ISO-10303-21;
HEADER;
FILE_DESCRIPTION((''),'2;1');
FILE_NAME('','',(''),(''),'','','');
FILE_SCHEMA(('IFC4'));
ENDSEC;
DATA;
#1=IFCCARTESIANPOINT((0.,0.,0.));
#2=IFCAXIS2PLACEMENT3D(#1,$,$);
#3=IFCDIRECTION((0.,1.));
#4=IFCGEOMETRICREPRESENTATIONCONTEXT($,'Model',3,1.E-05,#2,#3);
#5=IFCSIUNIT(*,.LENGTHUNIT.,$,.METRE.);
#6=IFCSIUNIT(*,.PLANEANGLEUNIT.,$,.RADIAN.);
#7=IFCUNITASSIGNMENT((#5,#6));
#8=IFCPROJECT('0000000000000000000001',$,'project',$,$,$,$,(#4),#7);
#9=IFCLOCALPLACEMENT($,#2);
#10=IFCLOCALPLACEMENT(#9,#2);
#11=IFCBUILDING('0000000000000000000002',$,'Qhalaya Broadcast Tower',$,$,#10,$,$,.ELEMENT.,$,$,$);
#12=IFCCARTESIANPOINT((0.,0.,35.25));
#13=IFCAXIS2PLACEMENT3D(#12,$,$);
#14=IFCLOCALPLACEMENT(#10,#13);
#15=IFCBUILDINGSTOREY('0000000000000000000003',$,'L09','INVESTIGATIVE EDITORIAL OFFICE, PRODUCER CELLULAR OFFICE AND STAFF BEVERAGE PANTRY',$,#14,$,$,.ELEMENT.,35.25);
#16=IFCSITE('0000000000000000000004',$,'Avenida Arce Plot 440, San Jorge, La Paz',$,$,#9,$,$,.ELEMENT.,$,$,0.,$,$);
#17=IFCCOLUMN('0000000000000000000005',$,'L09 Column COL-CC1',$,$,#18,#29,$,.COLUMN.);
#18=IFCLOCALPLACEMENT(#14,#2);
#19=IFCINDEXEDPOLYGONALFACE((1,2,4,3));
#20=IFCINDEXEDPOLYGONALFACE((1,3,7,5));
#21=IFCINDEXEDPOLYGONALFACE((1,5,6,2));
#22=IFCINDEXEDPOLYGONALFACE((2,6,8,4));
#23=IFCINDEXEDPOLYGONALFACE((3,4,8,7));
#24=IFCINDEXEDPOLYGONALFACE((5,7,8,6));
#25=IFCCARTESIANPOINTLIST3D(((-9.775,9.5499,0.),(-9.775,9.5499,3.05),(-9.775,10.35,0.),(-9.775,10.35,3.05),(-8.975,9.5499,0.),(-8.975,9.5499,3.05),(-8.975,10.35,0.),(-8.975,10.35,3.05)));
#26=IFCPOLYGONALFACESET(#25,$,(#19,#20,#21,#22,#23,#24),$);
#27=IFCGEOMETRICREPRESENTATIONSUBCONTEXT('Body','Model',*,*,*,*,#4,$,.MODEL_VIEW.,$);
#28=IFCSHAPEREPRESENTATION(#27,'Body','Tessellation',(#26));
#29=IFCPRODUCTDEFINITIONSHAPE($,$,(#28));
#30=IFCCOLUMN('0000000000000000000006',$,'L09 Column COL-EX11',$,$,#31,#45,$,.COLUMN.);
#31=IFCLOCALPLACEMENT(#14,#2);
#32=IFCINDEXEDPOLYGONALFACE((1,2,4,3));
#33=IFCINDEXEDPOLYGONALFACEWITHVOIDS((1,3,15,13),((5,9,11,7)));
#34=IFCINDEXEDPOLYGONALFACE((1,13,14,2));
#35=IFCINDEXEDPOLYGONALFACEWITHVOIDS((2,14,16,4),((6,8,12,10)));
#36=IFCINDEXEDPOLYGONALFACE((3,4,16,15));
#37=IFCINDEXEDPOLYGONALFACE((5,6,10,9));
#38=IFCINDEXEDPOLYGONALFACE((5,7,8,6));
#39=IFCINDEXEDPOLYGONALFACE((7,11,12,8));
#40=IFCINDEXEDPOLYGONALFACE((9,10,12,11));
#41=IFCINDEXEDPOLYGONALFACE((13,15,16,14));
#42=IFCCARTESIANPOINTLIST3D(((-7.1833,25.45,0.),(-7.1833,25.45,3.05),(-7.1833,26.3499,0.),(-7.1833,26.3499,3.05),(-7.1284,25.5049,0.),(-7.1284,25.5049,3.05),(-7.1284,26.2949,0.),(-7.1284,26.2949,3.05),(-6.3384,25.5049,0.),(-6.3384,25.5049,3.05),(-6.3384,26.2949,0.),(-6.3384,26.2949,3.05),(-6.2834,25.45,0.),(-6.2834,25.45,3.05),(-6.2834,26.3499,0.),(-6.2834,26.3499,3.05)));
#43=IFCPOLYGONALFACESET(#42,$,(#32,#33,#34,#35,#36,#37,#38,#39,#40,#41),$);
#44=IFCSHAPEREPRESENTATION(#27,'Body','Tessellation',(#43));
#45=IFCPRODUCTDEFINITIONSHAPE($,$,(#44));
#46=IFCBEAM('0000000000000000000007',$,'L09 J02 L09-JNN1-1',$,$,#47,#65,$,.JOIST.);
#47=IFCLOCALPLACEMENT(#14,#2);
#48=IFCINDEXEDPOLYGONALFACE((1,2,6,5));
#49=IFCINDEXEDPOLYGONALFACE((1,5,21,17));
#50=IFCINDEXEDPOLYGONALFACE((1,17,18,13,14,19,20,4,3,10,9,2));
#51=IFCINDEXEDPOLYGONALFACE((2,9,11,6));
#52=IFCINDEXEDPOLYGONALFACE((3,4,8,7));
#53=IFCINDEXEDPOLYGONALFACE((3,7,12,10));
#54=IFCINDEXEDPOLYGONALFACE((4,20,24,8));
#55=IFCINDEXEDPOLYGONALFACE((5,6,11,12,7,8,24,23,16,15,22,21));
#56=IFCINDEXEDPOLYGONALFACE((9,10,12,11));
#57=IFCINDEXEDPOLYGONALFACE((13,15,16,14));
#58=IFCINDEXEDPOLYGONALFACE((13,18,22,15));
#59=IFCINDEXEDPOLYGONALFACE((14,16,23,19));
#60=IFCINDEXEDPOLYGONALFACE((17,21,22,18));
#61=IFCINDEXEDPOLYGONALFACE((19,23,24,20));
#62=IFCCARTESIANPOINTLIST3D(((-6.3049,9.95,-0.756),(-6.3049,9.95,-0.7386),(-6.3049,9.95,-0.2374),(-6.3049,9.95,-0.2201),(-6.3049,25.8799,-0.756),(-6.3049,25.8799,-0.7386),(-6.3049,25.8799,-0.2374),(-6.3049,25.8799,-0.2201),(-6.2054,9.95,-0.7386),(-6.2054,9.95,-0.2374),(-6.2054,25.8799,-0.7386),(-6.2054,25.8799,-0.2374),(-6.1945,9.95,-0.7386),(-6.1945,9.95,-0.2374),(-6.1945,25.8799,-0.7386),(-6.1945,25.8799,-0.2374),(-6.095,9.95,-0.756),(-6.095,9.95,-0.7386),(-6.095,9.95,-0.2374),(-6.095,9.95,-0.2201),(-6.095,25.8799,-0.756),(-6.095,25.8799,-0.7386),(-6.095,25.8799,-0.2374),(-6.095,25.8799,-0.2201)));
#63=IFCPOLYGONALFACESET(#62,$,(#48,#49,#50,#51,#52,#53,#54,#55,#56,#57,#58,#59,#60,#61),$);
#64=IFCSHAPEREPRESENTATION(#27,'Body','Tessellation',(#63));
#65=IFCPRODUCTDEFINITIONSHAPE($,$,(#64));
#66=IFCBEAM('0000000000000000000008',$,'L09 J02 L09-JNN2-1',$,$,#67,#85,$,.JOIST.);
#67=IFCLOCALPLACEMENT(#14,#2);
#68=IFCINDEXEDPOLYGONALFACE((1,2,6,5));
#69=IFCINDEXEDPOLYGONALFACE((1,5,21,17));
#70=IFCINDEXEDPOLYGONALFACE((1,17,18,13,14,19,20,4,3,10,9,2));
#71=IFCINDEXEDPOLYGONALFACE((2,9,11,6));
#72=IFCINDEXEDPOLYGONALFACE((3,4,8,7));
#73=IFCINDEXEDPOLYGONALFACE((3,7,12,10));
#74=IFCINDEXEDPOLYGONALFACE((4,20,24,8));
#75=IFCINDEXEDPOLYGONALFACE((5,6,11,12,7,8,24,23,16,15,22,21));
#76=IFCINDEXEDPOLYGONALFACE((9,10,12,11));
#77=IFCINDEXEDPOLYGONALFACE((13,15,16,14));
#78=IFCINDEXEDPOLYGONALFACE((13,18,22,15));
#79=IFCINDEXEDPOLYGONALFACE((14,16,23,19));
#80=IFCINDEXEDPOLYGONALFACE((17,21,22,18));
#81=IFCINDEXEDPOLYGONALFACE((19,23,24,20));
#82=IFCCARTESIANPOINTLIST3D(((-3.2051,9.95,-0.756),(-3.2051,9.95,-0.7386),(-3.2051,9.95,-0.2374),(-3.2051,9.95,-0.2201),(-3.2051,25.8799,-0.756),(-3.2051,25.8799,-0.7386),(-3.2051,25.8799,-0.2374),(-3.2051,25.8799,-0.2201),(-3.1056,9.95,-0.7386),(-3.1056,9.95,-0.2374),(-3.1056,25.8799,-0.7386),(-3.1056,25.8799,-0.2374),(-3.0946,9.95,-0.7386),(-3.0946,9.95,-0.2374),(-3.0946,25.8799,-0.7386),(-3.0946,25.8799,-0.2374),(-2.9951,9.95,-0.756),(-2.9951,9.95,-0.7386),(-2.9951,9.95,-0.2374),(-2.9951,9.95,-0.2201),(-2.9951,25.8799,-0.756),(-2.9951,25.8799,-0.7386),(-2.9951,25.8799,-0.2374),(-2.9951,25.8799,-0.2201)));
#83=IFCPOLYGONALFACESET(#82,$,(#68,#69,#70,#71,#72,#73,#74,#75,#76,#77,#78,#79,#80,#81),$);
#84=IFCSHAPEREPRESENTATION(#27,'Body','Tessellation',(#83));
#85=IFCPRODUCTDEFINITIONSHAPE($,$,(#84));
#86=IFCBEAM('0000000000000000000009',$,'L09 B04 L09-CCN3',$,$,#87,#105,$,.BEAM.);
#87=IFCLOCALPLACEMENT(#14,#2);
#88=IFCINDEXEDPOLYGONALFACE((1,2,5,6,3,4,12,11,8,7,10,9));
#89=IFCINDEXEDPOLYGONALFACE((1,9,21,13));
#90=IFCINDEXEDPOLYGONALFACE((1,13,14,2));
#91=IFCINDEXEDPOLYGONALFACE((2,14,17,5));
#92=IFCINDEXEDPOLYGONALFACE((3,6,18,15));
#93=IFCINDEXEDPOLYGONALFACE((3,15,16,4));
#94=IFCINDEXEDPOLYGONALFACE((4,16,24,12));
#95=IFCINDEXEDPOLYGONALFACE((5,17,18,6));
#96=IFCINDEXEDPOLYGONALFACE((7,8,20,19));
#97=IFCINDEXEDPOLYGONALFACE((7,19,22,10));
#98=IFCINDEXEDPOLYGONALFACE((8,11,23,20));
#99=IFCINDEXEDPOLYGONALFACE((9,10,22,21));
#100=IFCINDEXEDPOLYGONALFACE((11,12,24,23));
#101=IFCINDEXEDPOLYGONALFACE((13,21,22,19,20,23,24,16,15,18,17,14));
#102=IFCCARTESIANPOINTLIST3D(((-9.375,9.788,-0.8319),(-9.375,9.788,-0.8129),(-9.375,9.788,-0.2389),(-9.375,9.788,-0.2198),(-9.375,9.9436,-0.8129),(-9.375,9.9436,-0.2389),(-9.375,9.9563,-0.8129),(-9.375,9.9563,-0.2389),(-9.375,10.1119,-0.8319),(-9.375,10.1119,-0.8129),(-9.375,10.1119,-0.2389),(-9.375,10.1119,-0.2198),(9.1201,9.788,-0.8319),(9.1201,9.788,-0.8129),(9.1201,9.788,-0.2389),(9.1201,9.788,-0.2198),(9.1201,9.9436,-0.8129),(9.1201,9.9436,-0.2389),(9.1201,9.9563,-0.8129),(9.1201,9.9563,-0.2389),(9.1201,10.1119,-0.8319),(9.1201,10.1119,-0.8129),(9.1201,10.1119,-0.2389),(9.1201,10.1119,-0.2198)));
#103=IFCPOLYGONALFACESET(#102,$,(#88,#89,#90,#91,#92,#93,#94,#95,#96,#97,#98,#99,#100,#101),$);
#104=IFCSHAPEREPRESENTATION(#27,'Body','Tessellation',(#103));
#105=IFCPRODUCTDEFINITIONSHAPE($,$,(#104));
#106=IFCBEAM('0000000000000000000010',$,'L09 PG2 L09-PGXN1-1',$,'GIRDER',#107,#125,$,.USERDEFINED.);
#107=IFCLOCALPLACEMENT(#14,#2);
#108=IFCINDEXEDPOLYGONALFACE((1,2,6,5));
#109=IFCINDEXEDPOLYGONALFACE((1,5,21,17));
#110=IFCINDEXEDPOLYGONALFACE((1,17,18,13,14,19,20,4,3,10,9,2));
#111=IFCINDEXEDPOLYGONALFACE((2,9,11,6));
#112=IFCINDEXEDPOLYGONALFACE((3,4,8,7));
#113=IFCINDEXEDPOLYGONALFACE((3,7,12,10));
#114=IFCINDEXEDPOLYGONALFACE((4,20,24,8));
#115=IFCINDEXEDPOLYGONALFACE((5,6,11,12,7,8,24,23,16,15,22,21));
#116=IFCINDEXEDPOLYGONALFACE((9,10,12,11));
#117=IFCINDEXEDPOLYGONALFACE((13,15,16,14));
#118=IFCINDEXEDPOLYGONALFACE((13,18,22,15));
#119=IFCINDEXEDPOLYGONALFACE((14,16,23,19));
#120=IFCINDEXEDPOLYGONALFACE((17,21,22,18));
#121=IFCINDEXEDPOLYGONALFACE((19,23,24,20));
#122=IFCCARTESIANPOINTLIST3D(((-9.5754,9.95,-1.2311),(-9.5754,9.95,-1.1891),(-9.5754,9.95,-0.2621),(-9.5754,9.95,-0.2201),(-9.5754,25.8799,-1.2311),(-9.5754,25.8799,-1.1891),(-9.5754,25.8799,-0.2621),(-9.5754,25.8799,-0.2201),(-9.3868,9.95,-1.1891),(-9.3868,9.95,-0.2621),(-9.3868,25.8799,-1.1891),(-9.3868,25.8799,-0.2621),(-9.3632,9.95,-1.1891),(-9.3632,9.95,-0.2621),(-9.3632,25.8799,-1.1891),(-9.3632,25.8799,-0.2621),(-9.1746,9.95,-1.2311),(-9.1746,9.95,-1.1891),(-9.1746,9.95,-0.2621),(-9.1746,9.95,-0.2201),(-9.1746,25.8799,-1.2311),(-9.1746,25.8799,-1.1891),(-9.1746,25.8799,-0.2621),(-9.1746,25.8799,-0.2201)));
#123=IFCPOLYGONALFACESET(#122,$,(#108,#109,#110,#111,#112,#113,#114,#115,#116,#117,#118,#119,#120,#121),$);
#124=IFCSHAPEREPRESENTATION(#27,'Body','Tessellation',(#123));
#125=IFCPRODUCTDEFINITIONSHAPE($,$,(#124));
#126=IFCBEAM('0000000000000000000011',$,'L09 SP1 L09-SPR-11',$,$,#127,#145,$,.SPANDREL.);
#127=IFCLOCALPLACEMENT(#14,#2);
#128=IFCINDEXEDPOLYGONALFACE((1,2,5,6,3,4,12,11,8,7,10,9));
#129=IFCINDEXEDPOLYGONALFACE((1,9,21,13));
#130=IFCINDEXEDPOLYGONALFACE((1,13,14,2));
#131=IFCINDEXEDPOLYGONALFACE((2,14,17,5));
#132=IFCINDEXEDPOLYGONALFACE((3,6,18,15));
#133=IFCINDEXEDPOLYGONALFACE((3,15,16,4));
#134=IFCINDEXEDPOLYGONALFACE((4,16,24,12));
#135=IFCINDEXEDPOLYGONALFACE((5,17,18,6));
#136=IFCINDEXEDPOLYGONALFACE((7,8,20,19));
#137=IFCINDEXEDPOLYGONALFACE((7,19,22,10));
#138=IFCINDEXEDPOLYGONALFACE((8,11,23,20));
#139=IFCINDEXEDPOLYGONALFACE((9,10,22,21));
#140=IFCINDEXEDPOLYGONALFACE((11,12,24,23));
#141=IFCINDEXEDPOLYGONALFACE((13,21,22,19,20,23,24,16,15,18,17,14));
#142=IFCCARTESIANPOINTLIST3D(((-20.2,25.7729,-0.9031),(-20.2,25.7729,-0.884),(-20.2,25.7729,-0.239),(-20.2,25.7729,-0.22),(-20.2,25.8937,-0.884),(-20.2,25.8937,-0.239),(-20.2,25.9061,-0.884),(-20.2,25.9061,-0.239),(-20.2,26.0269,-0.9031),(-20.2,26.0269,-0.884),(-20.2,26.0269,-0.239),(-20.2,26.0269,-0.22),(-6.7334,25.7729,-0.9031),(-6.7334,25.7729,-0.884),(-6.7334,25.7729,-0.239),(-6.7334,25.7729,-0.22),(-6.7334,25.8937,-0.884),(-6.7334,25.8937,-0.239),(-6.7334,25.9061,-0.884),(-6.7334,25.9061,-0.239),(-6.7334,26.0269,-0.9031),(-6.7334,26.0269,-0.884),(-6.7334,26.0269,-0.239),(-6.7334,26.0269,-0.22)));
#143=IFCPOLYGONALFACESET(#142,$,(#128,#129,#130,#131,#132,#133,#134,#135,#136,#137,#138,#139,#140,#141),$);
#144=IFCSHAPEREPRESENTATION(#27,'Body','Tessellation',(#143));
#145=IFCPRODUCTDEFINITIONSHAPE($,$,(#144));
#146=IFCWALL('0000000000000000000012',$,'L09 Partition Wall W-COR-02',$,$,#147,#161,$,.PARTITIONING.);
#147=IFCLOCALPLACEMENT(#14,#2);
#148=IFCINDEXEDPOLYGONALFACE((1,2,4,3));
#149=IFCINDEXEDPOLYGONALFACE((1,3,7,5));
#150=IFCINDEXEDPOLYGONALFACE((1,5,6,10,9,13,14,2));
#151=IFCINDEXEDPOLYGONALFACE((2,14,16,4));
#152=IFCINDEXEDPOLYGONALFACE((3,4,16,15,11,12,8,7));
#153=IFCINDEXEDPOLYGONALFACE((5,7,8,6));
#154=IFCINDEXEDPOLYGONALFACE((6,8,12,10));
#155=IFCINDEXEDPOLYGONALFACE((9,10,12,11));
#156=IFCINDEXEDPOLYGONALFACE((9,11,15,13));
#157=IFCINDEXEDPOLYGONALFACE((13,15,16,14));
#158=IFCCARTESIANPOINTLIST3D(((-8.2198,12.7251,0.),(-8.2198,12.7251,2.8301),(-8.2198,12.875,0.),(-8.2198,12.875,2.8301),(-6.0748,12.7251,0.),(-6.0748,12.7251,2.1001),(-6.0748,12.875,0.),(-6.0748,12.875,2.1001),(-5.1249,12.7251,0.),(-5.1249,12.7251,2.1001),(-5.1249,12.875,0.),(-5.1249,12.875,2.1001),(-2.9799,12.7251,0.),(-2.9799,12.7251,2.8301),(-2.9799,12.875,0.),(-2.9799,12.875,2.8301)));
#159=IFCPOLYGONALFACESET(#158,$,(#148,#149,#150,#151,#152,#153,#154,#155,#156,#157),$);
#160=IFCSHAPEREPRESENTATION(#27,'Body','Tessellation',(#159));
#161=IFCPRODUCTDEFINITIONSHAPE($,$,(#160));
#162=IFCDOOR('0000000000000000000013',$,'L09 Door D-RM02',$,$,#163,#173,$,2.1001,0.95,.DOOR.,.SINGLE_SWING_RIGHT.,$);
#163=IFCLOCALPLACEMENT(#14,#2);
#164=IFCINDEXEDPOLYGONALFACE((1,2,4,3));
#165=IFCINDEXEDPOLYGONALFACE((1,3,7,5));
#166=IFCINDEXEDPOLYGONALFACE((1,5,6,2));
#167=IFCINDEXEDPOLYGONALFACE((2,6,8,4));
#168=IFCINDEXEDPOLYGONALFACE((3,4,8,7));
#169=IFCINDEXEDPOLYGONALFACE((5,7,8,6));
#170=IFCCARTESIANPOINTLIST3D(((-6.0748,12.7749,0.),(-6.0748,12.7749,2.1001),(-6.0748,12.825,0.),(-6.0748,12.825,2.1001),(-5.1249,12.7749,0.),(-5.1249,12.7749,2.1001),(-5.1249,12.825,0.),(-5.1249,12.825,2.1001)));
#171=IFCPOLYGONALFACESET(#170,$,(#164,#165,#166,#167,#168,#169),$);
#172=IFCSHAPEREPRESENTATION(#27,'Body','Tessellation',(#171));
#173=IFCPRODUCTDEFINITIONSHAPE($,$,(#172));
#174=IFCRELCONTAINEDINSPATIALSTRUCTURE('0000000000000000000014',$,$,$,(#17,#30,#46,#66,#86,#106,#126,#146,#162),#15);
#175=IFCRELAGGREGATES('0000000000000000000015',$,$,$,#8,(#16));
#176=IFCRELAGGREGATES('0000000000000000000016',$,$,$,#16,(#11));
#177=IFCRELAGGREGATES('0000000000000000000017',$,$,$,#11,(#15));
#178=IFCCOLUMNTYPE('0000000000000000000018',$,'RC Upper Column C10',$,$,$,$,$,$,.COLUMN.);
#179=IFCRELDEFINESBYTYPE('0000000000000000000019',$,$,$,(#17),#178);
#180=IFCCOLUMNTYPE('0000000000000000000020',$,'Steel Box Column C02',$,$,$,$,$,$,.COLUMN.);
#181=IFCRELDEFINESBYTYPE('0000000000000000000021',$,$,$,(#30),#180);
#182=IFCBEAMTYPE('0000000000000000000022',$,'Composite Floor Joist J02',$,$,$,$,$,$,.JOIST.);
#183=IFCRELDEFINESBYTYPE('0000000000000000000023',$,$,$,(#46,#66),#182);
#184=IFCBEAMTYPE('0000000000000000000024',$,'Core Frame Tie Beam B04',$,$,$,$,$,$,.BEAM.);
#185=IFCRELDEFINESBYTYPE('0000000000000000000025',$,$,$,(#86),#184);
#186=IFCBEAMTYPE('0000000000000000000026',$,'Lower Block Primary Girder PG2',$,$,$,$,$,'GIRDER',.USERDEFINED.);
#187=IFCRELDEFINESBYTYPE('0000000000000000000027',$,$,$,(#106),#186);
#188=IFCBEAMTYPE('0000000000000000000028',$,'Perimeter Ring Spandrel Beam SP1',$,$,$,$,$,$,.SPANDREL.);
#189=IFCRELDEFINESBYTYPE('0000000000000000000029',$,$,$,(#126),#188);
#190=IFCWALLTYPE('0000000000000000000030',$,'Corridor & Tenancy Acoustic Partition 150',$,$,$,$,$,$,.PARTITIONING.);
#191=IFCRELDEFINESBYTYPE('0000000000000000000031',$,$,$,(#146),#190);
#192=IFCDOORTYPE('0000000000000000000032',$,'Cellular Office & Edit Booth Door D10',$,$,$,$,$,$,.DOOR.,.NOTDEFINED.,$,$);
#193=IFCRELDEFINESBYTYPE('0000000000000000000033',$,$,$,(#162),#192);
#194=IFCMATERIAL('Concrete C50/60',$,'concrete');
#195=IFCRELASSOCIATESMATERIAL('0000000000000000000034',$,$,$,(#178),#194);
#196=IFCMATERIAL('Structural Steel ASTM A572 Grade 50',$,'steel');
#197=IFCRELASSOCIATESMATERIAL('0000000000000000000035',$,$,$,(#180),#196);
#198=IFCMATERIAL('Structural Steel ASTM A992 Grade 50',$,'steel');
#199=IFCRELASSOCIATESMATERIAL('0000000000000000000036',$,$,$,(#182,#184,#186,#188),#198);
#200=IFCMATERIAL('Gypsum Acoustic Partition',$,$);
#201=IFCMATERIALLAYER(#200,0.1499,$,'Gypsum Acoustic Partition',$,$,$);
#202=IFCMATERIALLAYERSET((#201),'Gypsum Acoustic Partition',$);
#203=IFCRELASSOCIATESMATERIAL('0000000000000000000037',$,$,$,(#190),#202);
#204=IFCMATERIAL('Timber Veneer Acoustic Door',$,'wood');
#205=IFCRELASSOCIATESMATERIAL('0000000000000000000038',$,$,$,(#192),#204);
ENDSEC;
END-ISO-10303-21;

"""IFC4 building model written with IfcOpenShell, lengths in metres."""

from ifc_helpers import new_model, si_unit, direction, frame, frame_2d, origin, origin_2d, place, context, subcontext, project, spatial, rectangle, hollow_rectangle, i_section, extrude, material, layer, layer_set, material_profile, profile_set, type_object, element, fill, save


model = new_model("IFC4")

# Units and contexts
model_context = context("Model", 3, precision=1e-05, world=origin(), true_north=direction((0.0, 1.0)))
body_context = subcontext(model_context, "Body", "Model", "MODEL_VIEW")
ifc_project = project(units=[si_unit("LENGTHUNIT", "METRE"), si_unit("PLANEANGLEUNIT", "RADIAN")], contexts=[model_context])

# Site, building, storey
site_placement = place(None, origin())
site = spatial("IfcSite", under=ifc_project, at=site_placement, Name="Avenida Arce Plot 440, San Jorge, La Paz", CompositionType="ELEMENT", RefElevation=0.0)
building_placement = place(site_placement, origin())
building = spatial("IfcBuilding", under=site, at=building_placement, Name="Qhalaya Broadcast Tower", CompositionType="ELEMENT")
storey_placement = place(building_placement, frame((0.0, 0.0, 35.25)))
storey = spatial("IfcBuildingStorey", under=building, at=storey_placement, Name="L09", Description="INVESTIGATIVE EDITORIAL OFFICE, PRODUCER CELLULAR OFFICE AND STAFF BEVERAGE PANTRY", CompositionType="ELEMENT", Elevation=35.25)

# Columns
ifc_material_1 = material(Name="Concrete C50/60", Category="concrete")
ifc_material_profile_1 = material_profile(ifc_material_1, rectangle(XDim=0.8, YDim=0.8, at=origin_2d()), Name="RC-COL 800x800")
ifc_profile_set_1 = profile_set([ifc_material_profile_1], Name="Concrete C50/60")
column_type_1 = type_object("IfcColumnType", Name="RC Upper Column C10", PredefinedType="COLUMN", material=ifc_profile_set_1)
column_1_placement = place(storey_placement, frame((-9.375, 9.95, 0.0), z_axis=(0.0, 0.0, 1.0), x_axis=(1.0, 0.0, 0.0)))
element("IfcColumn", 1, at=column_1_placement, inside=storey, type_object=column_type_1, Name="L09 Column COL-CC1", PredefinedType="COLUMN", context=body_context, shape_type="SweptSolid", body=[
    extrude(rectangle(XDim=0.8, YDim=0.8, at=origin_2d()), origin(), (0.0, 0.0, 1.0), 3.05),
])
ifc_material_2 = material(Name="Structural Steel ASTM A572 Grade 50", Category="steel")
ifc_material_profile_2 = material_profile(ifc_material_2, hollow_rectangle(XDim=0.8999, YDim=0.8999, WallThickness=0.0549, at=origin_2d()), Name="BOX 900x900x55")
ifc_profile_set_2 = profile_set([ifc_material_profile_2], Name="Structural Steel ASTM A572 Grade 50")
column_type_2 = type_object("IfcColumnType", Name="Steel Box Column C02", PredefinedType="COLUMN", material=ifc_profile_set_2)
column_2_placement = place(storey_placement, frame((-6.7334, 25.8999, 0.0), z_axis=(0.0, 0.0, 1.0), x_axis=(1.0, 0.0, 0.0)))
element("IfcColumn", 2, at=column_2_placement, inside=storey, type_object=column_type_2, Name="L09 Column COL-EX11", PredefinedType="COLUMN", context=body_context, shape_type="SweptSolid", body=[
    extrude(hollow_rectangle(XDim=0.8999, YDim=0.8999, WallThickness=0.0549, at=origin_2d()), origin(), (0.0, 0.0, 1.0), 3.05),
])

# Beams
ifc_material_3 = material(Name="Structural Steel ASTM A992 Grade 50", Category="steel")
ifc_material_profile_3 = material_profile(ifc_material_3, i_section(OverallWidth=0.21, OverallDepth=0.5359, WebThickness=0.011, FlangeThickness=0.0173, at=origin_2d()), Name="W21X68")
ifc_profile_set_3 = profile_set([ifc_material_profile_3], Name="Structural Steel ASTM A992 Grade 50")
beam_type_1 = type_object("IfcBeamType", Name="Composite Floor Joist J02", PredefinedType="JOIST", material=ifc_profile_set_3)
for number, where, z_axis, x_axis, name in (
    (3, (-6.2, 9.95, -0.488), (0.0, 1.0, 0.0), (-1.0, 0.0, 0.0), "L09 J02 L09-JNN1-1"),
    (4, (-3.1001, 9.95, -0.488), (0.0, 1.0, 0.0), (-1.0, 0.0, 0.0), "L09 J02 L09-JNN2-1"),
):
    element("IfcBeam", number, at=place(storey_placement, frame(where, z_axis=z_axis, x_axis=x_axis)), inside=storey, type_object=beam_type_1, Name=name, PredefinedType="JOIST", context=body_context, shape_type="SweptSolid", body=[
        extrude(i_section(OverallWidth=0.21, OverallDepth=0.5359, WebThickness=0.011, FlangeThickness=0.0173, at=origin_2d()), origin(), (0.0, 0.0, 1.0), 15.9299),
    ])
ifc_material_profile_4 = material_profile(ifc_material_3, i_section(OverallWidth=0.324, OverallDepth=0.6121, WebThickness=0.0127, FlangeThickness=0.019, at=origin_2d()), Name="W24X104")
ifc_profile_set_4 = profile_set([ifc_material_profile_4], Name="Structural Steel ASTM A992 Grade 50")
beam_type_2 = type_object("IfcBeamType", Name="Core Frame Tie Beam B04", PredefinedType="BEAM", material=ifc_profile_set_4)
beam_1_placement = place(storey_placement, frame((-9.375, 9.95, -0.5259), z_axis=(1.0, 0.0, 0.0), x_axis=(0.0, 1.0, 0.0)))
element("IfcBeam", 5, at=beam_1_placement, inside=storey, type_object=beam_type_2, Name="L09 B04 L09-CCN3", PredefinedType="BEAM", context=body_context, shape_type="SweptSolid", body=[
    extrude(i_section(OverallWidth=0.324, OverallDepth=0.6121, WebThickness=0.0127, FlangeThickness=0.019, at=origin_2d()), origin(), (0.0, 0.0, 1.0), 18.4951),
])
ifc_material_profile_5 = material_profile(ifc_material_3, i_section(OverallWidth=0.4009, OverallDepth=1.011, WebThickness=0.0237, FlangeThickness=0.042, at=origin_2d()), Name="W40X297")
ifc_profile_set_5 = profile_set([ifc_material_profile_5], Name="Structural Steel ASTM A992 Grade 50")
beam_type_3 = type_object("IfcBeamType", Name="Lower Block Primary Girder PG2", ElementType="GIRDER", PredefinedType="USERDEFINED", material=ifc_profile_set_5)
beam_2_placement = place(storey_placement, frame((-9.375, 9.95, -0.7256), z_axis=(0.0, 1.0, 0.0), x_axis=(-1.0, 0.0, 0.0)))
element("IfcBeam", 6, at=beam_2_placement, inside=storey, type_object=beam_type_3, Name="L09 PG2 L09-PGXN1-1", ObjectType="GIRDER", PredefinedType="USERDEFINED", context=body_context, shape_type="SweptSolid", body=[
    extrude(i_section(OverallWidth=0.4009, OverallDepth=1.011, WebThickness=0.0237, FlangeThickness=0.042, at=origin_2d()), origin(), (0.0, 0.0, 1.0), 15.9299),
])
ifc_material_profile_6 = material_profile(ifc_material_3, i_section(OverallWidth=0.2539, OverallDepth=0.6831, WebThickness=0.0125, FlangeThickness=0.019, at=origin_2d()), Name="W27X94")
ifc_profile_set_6 = profile_set([ifc_material_profile_6], Name="Structural Steel ASTM A992 Grade 50")
beam_type_4 = type_object("IfcBeamType", Name="Perimeter Ring Spandrel Beam SP1", PredefinedType="SPANDREL", material=ifc_profile_set_6)
beam_3_placement = place(storey_placement, frame((-6.7334, 25.8999, -0.5615), z_axis=(-1.0, 0.0, 0.0), x_axis=(0.0, -1.0, 0.0)))
element("IfcBeam", 7, at=beam_3_placement, inside=storey, type_object=beam_type_4, Name="L09 SP1 L09-SPR-11", PredefinedType="SPANDREL", context=body_context, shape_type="SweptSolid", body=[
    extrude(i_section(OverallWidth=0.2539, OverallDepth=0.6831, WebThickness=0.0125, FlangeThickness=0.019, at=origin_2d()), origin(), (0.0, 0.0, 1.0), 13.4666),
])

# Wall, opening, door
ifc_material_4 = material(Name="Gypsum Acoustic Partition")
ifc_layer_1 = layer(ifc_material_4, 0.1499, Name="Gypsum Acoustic Partition")
ifc_layer_set_1 = layer_set([ifc_layer_1], Name="Gypsum Acoustic Partition")
wall_type_1 = type_object("IfcWallType", Name="Corridor & Tenancy Acoustic Partition 150", PredefinedType="PARTITIONING", material=ifc_layer_set_1)
wall_1_placement = place(storey_placement, frame((-8.22, 12.8, 0.0), z_axis=(0.0, 0.0, 1.0), x_axis=(1.0, 0.0, 0.0)))
wall_1 = element("IfcWall", 8, at=wall_1_placement, inside=storey, type_object=wall_type_1, Name="L09 Partition Wall W-COR-02", PredefinedType="PARTITIONING", context=body_context, shape_type="SweptSolid", body=[
    extrude(rectangle(XDim=5.24, YDim=0.1499, at=frame_2d((2.6201, 0.0))), origin(), (0.0, 0.0, 1.0), 2.8301),
])
opening_1_placement = place(wall_1_placement, frame((2.145, 0.0, 0.0)))
opening_1 = element("IfcOpeningElement", 9, at=opening_1_placement, cuts=wall_1, PredefinedType="OPENING", context=body_context, shape_type="SweptSolid", body=[
    extrude(rectangle(XDim=0.95, YDim=2.1001, at=frame_2d((0.4751, 1.05))), frame((0.0, 0.0869, 0.0), z_axis=(0.0, -1.0, 0.0), x_axis=(1.0, 0.0, 0.0)), (0.0, 0.0, 1.0), 0.1738),
])
ifc_material_5 = material(Name="Timber Veneer Acoustic Door", Category="wood")
door_type = type_object("IfcDoorType", Name="Cellular Office & Edit Booth Door D10", OperationType="NOTDEFINED", PredefinedType="DOOR", material=ifc_material_5)
door_1_placement = place(opening_1_placement, origin())
door_1 = element("IfcDoor", 10, at=door_1_placement, inside=storey, type_object=door_type, Name="L09 Door D-RM02", OperationType="SINGLE_SWING_RIGHT", OverallHeight=2.1001, OverallWidth=0.95, PredefinedType="DOOR", context=body_context, shape_type="SweptSolid", body=[
    extrude(rectangle(XDim=0.95, YDim=2.1001, at=frame_2d((0.4751, 1.05))), frame((0.0, 0.0249, 0.0), z_axis=(0.0, -1.0, 0.0), x_axis=(1.0, 0.0, 0.0)), (0.0, 0.0, 1.0), 0.05),
])
fill(opening_1, door_1)

save(model, "model.ifc")
